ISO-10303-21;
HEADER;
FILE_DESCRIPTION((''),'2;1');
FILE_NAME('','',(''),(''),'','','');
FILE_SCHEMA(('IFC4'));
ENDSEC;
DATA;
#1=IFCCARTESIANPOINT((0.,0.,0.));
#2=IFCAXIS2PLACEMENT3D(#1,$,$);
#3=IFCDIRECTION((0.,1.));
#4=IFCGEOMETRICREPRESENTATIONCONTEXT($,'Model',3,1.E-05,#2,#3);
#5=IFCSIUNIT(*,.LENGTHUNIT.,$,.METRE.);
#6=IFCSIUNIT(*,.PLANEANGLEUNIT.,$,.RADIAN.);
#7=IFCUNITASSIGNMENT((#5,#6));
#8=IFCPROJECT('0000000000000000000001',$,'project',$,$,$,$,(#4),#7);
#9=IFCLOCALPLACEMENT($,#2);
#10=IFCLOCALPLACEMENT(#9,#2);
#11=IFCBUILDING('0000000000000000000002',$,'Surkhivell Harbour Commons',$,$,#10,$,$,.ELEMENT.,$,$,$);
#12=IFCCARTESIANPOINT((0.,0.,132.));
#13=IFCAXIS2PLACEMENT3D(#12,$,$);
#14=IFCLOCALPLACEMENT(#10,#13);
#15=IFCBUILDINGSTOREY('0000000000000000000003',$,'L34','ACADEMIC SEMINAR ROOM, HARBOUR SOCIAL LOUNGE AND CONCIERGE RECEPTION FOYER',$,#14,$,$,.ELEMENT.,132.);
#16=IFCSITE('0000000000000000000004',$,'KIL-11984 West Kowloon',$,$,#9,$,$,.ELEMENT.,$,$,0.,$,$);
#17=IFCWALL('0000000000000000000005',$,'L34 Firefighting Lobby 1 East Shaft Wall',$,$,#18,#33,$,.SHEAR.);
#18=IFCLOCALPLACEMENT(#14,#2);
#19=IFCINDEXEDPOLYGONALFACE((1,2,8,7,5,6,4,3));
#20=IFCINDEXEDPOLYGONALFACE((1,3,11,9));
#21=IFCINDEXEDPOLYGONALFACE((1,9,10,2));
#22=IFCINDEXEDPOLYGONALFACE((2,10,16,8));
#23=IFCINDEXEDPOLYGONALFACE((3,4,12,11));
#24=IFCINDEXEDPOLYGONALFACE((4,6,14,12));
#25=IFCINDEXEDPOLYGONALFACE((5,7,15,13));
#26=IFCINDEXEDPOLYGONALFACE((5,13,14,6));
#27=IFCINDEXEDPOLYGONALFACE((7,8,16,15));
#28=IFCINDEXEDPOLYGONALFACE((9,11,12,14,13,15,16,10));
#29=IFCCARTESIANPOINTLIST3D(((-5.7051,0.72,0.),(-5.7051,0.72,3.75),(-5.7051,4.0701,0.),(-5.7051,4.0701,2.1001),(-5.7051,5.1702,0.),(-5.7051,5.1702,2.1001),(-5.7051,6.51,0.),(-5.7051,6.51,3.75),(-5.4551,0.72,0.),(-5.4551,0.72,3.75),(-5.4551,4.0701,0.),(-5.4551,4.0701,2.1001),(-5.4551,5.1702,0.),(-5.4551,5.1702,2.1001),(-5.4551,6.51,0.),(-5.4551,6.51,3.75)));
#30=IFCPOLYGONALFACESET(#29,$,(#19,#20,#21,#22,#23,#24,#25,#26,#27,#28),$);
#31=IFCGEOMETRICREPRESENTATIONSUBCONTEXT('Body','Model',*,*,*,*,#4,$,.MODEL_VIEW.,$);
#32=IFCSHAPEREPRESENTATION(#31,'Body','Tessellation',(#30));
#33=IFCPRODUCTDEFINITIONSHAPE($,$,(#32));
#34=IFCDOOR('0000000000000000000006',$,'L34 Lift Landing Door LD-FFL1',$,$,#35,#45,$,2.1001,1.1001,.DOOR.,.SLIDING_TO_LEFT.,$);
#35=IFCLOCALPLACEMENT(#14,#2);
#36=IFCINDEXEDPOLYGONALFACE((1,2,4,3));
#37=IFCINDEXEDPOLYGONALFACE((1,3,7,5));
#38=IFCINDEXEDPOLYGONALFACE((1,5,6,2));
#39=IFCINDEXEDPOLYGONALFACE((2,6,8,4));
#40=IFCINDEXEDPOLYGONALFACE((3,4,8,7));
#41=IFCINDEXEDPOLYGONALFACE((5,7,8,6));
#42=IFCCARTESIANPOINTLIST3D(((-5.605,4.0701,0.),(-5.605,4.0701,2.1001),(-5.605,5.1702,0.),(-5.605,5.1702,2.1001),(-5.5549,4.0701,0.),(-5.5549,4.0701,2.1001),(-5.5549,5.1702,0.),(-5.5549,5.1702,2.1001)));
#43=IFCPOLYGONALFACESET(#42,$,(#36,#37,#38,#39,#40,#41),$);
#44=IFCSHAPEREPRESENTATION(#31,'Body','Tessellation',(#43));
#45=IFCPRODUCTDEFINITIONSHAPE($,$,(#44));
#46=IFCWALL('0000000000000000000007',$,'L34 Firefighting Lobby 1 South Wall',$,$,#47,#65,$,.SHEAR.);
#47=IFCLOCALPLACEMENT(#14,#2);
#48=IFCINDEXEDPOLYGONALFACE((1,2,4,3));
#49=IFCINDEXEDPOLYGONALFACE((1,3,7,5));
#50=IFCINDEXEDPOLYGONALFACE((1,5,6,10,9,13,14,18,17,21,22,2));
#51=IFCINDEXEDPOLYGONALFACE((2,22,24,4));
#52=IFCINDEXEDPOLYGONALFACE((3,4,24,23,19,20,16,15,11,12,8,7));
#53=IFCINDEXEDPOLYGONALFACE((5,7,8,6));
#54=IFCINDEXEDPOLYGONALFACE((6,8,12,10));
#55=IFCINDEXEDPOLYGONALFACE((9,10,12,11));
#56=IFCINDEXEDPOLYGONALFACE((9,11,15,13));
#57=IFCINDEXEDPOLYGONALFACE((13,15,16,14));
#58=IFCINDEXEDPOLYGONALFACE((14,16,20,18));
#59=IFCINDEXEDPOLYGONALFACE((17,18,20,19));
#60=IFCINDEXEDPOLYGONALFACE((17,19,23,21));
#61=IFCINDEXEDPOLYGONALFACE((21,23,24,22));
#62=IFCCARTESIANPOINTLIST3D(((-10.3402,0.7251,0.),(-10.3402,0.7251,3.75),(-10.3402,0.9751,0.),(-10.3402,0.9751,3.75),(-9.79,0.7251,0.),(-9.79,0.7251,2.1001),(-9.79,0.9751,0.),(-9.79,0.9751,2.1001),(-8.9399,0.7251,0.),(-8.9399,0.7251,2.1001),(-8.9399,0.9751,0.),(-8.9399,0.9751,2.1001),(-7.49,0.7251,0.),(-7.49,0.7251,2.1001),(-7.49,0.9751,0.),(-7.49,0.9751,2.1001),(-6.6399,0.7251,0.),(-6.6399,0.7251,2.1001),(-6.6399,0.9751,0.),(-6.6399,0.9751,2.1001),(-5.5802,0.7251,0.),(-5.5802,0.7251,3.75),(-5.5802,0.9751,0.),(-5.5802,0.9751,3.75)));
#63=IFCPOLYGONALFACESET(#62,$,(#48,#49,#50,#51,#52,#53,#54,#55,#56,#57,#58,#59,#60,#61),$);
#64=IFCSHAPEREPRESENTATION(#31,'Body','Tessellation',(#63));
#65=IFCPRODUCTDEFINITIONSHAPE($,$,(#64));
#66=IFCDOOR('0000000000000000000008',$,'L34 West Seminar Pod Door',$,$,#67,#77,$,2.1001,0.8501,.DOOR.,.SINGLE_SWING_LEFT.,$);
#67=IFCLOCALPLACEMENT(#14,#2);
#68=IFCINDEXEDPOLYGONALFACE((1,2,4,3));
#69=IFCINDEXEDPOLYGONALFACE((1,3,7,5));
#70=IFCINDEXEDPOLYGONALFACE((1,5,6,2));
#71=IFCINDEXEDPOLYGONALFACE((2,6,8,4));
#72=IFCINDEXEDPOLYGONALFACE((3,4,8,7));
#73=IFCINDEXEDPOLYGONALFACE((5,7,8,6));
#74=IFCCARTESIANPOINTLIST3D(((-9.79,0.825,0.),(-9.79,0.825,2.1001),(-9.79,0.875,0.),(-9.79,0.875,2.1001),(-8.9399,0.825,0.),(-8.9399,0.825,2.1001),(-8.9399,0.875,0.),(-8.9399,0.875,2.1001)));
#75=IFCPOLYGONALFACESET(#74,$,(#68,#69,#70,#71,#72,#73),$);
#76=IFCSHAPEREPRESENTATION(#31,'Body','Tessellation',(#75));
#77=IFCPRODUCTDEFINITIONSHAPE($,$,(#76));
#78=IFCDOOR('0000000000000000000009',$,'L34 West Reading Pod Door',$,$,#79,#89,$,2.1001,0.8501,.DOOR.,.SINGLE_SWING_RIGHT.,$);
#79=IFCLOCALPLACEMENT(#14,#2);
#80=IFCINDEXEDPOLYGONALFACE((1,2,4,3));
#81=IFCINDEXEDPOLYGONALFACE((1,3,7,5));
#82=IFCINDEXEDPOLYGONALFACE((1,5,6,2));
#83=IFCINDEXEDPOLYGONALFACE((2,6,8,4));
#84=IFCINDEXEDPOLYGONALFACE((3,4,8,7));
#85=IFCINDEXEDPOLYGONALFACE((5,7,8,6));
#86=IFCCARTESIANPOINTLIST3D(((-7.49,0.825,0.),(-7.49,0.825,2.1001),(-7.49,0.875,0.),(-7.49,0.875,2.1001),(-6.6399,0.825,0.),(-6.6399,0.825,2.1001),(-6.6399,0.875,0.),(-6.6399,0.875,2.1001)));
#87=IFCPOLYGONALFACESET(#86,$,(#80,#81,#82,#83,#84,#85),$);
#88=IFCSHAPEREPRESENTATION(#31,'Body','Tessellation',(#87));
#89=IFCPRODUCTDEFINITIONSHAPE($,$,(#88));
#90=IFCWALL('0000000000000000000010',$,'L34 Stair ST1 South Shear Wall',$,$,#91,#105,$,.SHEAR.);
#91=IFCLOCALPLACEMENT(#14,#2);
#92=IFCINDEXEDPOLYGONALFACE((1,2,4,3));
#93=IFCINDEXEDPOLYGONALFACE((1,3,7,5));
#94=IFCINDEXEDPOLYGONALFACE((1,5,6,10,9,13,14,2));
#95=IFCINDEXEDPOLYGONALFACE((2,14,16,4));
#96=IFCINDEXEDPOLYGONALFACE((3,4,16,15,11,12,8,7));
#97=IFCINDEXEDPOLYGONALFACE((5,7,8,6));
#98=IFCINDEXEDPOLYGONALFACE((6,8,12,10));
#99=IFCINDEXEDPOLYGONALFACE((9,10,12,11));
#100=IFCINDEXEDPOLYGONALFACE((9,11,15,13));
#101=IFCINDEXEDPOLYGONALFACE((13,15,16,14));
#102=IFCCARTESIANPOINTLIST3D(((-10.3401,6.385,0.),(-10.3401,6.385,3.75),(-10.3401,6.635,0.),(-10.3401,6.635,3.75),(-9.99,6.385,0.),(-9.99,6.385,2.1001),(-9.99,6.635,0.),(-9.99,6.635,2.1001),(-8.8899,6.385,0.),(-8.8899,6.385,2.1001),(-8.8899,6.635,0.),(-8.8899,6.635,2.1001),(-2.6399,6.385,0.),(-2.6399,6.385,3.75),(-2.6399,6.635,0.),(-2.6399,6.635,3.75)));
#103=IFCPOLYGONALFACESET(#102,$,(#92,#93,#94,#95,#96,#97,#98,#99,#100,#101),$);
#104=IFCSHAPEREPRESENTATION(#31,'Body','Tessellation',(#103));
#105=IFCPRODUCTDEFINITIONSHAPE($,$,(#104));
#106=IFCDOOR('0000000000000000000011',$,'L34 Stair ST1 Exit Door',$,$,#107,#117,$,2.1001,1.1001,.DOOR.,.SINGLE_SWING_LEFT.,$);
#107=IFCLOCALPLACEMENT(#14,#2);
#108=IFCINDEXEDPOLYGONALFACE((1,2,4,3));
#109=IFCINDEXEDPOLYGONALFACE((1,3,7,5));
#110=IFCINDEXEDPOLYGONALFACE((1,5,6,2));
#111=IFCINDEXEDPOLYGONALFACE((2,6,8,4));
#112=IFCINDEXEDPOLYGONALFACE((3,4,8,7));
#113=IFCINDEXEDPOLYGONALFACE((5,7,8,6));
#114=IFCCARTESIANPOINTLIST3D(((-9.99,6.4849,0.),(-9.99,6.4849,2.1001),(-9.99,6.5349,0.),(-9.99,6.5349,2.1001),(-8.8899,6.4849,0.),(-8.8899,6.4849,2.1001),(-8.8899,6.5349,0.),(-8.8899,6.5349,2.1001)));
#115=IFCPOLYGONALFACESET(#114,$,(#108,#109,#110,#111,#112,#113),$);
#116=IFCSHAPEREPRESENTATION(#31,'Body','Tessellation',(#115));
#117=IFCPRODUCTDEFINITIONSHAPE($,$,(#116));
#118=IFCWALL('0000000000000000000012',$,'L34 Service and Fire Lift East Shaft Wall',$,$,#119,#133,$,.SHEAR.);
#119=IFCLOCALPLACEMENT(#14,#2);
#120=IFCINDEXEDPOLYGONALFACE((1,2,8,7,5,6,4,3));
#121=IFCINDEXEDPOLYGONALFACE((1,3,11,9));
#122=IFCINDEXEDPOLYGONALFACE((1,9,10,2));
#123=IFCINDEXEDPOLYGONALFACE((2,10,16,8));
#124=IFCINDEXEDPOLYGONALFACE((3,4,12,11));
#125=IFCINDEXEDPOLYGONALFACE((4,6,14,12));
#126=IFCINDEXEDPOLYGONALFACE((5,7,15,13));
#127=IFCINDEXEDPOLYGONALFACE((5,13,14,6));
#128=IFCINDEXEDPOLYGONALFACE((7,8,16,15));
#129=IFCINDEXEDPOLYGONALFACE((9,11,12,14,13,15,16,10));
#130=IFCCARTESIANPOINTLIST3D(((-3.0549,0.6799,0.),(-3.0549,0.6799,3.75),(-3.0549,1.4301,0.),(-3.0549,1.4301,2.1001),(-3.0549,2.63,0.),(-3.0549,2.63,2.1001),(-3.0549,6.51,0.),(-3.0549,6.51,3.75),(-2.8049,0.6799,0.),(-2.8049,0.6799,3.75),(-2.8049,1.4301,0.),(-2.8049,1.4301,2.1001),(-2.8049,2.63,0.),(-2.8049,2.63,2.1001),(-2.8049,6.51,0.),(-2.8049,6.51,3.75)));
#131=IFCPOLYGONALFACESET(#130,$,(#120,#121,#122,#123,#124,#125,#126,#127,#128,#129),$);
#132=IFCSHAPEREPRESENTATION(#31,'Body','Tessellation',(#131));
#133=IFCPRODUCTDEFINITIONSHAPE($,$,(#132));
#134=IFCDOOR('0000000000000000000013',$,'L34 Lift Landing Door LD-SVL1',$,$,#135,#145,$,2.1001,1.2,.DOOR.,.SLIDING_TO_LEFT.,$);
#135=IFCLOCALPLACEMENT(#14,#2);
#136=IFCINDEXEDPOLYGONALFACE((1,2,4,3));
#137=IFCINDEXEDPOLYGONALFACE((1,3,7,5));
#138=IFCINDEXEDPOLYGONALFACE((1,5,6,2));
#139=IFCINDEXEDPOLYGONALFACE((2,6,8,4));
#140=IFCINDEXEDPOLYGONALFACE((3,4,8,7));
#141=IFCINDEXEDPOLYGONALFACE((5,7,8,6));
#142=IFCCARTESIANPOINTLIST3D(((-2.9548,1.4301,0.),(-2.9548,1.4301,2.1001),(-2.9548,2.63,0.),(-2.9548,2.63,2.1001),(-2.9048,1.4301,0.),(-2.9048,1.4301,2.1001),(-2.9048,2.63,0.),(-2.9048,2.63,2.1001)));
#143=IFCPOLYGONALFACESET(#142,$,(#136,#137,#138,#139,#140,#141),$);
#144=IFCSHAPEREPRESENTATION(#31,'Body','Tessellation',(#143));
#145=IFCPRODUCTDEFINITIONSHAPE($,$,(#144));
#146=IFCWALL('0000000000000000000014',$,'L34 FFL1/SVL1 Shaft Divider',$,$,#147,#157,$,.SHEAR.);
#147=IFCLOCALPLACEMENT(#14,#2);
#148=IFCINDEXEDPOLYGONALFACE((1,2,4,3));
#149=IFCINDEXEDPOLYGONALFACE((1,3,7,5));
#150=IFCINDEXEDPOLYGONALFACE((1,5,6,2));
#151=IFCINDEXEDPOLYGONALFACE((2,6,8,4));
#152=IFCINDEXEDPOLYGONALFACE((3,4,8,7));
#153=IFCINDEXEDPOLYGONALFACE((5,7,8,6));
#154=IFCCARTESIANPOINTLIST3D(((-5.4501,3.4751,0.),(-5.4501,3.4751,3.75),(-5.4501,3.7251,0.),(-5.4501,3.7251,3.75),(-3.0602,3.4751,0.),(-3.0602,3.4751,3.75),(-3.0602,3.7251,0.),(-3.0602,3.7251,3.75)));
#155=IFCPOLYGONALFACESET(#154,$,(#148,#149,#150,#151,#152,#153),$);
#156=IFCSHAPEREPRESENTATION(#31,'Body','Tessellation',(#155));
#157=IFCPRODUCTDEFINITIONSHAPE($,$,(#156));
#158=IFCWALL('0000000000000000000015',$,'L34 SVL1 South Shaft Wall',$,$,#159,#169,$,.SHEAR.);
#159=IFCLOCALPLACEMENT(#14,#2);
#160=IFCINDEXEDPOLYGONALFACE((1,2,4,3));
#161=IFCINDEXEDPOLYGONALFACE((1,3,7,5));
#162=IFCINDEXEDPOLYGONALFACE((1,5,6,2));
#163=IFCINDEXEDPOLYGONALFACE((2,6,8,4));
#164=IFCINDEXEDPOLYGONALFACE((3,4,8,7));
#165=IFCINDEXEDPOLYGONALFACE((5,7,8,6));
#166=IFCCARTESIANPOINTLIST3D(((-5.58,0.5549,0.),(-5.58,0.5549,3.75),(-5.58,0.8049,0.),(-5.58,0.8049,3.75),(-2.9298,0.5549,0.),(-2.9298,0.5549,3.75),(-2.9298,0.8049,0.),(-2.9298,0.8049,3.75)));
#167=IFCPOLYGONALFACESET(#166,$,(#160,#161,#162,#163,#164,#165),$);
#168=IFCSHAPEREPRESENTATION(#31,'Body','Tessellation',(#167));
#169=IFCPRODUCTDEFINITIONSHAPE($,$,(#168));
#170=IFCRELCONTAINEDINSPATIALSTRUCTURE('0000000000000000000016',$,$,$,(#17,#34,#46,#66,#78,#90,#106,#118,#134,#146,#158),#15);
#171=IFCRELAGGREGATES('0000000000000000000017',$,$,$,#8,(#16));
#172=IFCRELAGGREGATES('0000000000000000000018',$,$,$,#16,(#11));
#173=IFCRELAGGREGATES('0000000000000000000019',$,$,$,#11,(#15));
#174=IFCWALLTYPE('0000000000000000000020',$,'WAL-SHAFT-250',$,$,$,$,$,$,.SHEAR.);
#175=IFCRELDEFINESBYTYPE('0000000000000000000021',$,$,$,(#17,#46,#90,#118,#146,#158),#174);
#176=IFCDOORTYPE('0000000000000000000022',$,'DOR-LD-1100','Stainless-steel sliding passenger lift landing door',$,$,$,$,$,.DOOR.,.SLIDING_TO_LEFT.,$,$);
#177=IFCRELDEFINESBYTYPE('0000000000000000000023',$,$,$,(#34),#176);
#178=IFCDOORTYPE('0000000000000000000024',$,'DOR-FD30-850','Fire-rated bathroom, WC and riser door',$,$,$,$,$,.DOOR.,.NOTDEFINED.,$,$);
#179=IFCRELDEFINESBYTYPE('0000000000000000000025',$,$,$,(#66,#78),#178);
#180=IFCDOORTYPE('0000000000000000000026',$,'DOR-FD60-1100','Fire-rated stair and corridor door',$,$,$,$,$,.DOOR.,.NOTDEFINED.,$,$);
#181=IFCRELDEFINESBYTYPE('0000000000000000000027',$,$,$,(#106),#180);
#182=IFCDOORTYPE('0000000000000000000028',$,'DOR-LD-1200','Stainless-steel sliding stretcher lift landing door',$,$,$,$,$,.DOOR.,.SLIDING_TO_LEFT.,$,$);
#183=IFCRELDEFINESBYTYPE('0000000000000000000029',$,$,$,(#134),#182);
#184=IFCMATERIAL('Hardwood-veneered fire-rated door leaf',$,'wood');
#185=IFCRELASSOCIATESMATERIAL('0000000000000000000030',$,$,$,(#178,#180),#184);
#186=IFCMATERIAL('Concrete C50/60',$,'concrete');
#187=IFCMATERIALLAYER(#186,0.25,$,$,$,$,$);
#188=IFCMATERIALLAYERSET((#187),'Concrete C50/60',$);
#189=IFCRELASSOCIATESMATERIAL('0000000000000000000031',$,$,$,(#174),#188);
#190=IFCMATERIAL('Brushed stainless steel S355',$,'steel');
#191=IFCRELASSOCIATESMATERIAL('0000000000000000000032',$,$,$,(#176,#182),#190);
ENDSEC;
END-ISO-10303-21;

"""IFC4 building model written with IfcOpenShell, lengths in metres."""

from ifc_helpers import new_model, si_unit, direction, frame, frame_2d, origin, place, context, subcontext, project, spatial, rectangle, extrude, material, layer, layer_set, type_object, element, fill, save


model = new_model("IFC4")

# Units and contexts
model_context = context("Model", 3, precision=1e-05, world=origin(), true_north=direction((0.0, 1.0)))
body_context = subcontext(model_context, "Body", "Model", "MODEL_VIEW")
ifc_project = project(units=[si_unit("LENGTHUNIT", "METRE"), si_unit("PLANEANGLEUNIT", "RADIAN")], contexts=[model_context])

# Site, building, storey
site_placement = place(None, origin())
site = spatial("IfcSite", under=ifc_project, at=site_placement, Name="KIL-11984 West Kowloon", CompositionType="ELEMENT", RefElevation=0.0)
building_placement = place(site_placement, origin())
building = spatial("IfcBuilding", under=site, at=building_placement, Name="Surkhivell Harbour Commons", CompositionType="ELEMENT")
storey_placement = place(building_placement, frame((0.0, 0.0, 132.0)))
storey = spatial("IfcBuildingStorey", under=building, at=storey_placement, Name="L34", Description="ACADEMIC SEMINAR ROOM, HARBOUR SOCIAL LOUNGE AND CONCIERGE RECEPTION FOYER", CompositionType="ELEMENT", Elevation=132.0)

# Shared definitions
ifc_material_1 = material(Name="Hardwood-veneered fire-rated door leaf", Category="wood")

# Shared definitions
door_type_1 = type_object("IfcDoorType", Name="DOR-FD30-850", Description="Fire-rated bathroom, WC and riser door", OperationType="NOTDEFINED", PredefinedType="DOOR", material=ifc_material_1)

# Wall, opening, door
ifc_material_2 = material(Name="Concrete C50/60", Category="concrete")
ifc_layer_1 = layer(ifc_material_2, 0.25)
ifc_layer_set_1 = layer_set([ifc_layer_1], Name="Concrete C50/60")
wall_type_1 = type_object("IfcWallType", Name="WAL-SHAFT-250", PredefinedType="SHEAR", material=ifc_layer_set_1)
wall_1_placement = place(storey_placement, frame((-5.5801, 0.72, 0.0), z_axis=(0.0, 0.0, 1.0), x_axis=(0.0, 1.0, 0.0)))
wall_1 = element("IfcWall", 1, at=wall_1_placement, inside=storey, type_object=wall_type_1, Name="L34 Firefighting Lobby 1 East Shaft Wall", PredefinedType="SHEAR", context=body_context, shape_type="SweptSolid", body=[
    extrude(rectangle(XDim=5.79, YDim=0.25, at=frame_2d((2.895, 0.0))), origin(), (0.0, 0.0, 1.0), 3.75),
])
opening_1_placement = place(wall_1_placement, frame((3.3501, 0.0, 0.0)))
opening_1 = element("IfcOpeningElement", 2, at=opening_1_placement, cuts=wall_1, PredefinedType="OPENING", context=body_context, shape_type="SweptSolid", body=[
    extrude(rectangle(XDim=1.1001, YDim=2.1001, at=frame_2d((0.55, 1.05))), frame((0.0, 0.135, 0.0), z_axis=(0.0, -1.0, 0.0), x_axis=(1.0, 0.0, 0.0)), (0.0, 0.0, 1.0), 0.27),
])
ifc_material_3 = material(Name="Brushed stainless steel S355", Category="steel")
door_type_2 = type_object("IfcDoorType", Name="DOR-LD-1100", Description="Stainless-steel sliding passenger lift landing door", OperationType="SLIDING_TO_LEFT", PredefinedType="DOOR", material=ifc_material_3)
door_1_placement = place(opening_1_placement, origin())
door_1 = element("IfcDoor", 3, at=door_1_placement, inside=storey, type_object=door_type_2, Name="L34 Lift Landing Door LD-FFL1", OperationType="SLIDING_TO_LEFT", OverallHeight=2.1001, OverallWidth=1.1001, PredefinedType="DOOR", context=body_context, shape_type="SweptSolid", body=[
    extrude(rectangle(XDim=1.1001, YDim=2.1001, at=frame_2d((0.55, 1.05))), frame((0.0, 0.0249, 0.0), z_axis=(0.0, -1.0, 0.0), x_axis=(1.0, 0.0, 0.0)), (0.0, 0.0, 1.0), 0.05),
])
fill(opening_1, door_1)

# Wall, openings, doors
wall_2_placement = place(storey_placement, frame((-10.3401, 0.8501, 0.0), z_axis=(0.0, 0.0, 1.0), x_axis=(1.0, 0.0, 0.0)))
wall_2 = element("IfcWall", 4, at=wall_2_placement, inside=storey, type_object=wall_type_1, Name="L34 Firefighting Lobby 1 South Wall", PredefinedType="SHEAR", context=body_context, shape_type="SweptSolid", body=[
    extrude(rectangle(XDim=4.76, YDim=0.25, at=frame_2d((2.3799, 0.0))), origin(), (0.0, 0.0, 1.0), 3.75),
])
opening_2_placement = place(wall_2_placement, frame((0.55, 0.0, 0.0)))
opening_2 = element("IfcOpeningElement", 5, at=opening_2_placement, cuts=wall_2, PredefinedType="OPENING", context=body_context, shape_type="SweptSolid", body=[
    extrude(rectangle(XDim=0.8501, YDim=2.1001, at=frame_2d((0.425, 1.05))), frame((0.0, 0.135, 0.0), z_axis=(0.0, -1.0, 0.0), x_axis=(1.0, 0.0, 0.0)), (0.0, 0.0, 1.0), 0.27),
])
opening_3_placement = place(wall_2_placement, frame((2.8501, 0.0, 0.0)))
opening_3 = element("IfcOpeningElement", 6, at=opening_3_placement, cuts=wall_2, PredefinedType="OPENING", context=body_context, shape_type="SweptSolid", body=[
    extrude(rectangle(XDim=0.8501, YDim=2.1001, at=frame_2d((0.425, 1.05))), frame((0.0, 0.135, 0.0), z_axis=(0.0, -1.0, 0.0), x_axis=(1.0, 0.0, 0.0)), (0.0, 0.0, 1.0), 0.27),
])
door_2_placement = place(opening_2_placement, origin())
door_2 = element("IfcDoor", 7, at=door_2_placement, inside=storey, type_object=door_type_1, Name="L34 West Seminar Pod Door", OperationType="SINGLE_SWING_LEFT", OverallHeight=2.1001, OverallWidth=0.8501, PredefinedType="DOOR", context=body_context, shape_type="SweptSolid", body=[
    extrude(rectangle(XDim=0.8501, YDim=2.1001, at=frame_2d((0.425, 1.05))), frame((0.0, 0.0249, 0.0), z_axis=(0.0, -1.0, 0.0), x_axis=(1.0, 0.0, 0.0)), (0.0, 0.0, 1.0), 0.05),
])
fill(opening_2, door_2)
door_3_placement = place(opening_3_placement, origin())
door_3 = element("IfcDoor", 8, at=door_3_placement, inside=storey, type_object=door_type_1, Name="L34 West Reading Pod Door", OperationType="SINGLE_SWING_RIGHT", OverallHeight=2.1001, OverallWidth=0.8501, PredefinedType="DOOR", context=body_context, shape_type="SweptSolid", body=[
    extrude(rectangle(XDim=0.8501, YDim=2.1001, at=frame_2d((0.425, 1.05))), frame((0.0, 0.0249, 0.0), z_axis=(0.0, -1.0, 0.0), x_axis=(1.0, 0.0, 0.0)), (0.0, 0.0, 1.0), 0.05),
])
fill(opening_3, door_3)

# Walls, openings, doors
wall_3_placement = place(storey_placement, frame((-10.3401, 6.51, 0.0), z_axis=(0.0, 0.0, 1.0), x_axis=(1.0, 0.0, 0.0)))
wall_3 = element("IfcWall", 9, at=wall_3_placement, inside=storey, type_object=wall_type_1, Name="L34 Stair ST1 South Shear Wall", PredefinedType="SHEAR", context=body_context, shape_type="SweptSolid", body=[
    extrude(rectangle(XDim=7.7002, YDim=0.25, at=frame_2d((3.8501, 0.0))), origin(), (0.0, 0.0, 1.0), 3.75),
])
opening_4_placement = place(wall_3_placement, frame((0.3501, 0.0, 0.0)))
opening_4 = element("IfcOpeningElement", 10, at=opening_4_placement, cuts=wall_3, PredefinedType="OPENING", context=body_context, shape_type="SweptSolid", body=[
    extrude(rectangle(XDim=1.1001, YDim=2.1001, at=frame_2d((0.55, 1.05))), frame((0.0, 0.135, 0.0), z_axis=(0.0, -1.0, 0.0), x_axis=(1.0, 0.0, 0.0)), (0.0, 0.0, 1.0), 0.27),
])
door_type_3 = type_object("IfcDoorType", Name="DOR-FD60-1100", Description="Fire-rated stair and corridor door", OperationType="NOTDEFINED", PredefinedType="DOOR", material=ifc_material_1)
door_4_placement = place(opening_4_placement, origin())
door_4 = element("IfcDoor", 11, at=door_4_placement, inside=storey, type_object=door_type_3, Name="L34 Stair ST1 Exit Door", OperationType="SINGLE_SWING_LEFT", OverallHeight=2.1001, OverallWidth=1.1001, PredefinedType="DOOR", context=body_context, shape_type="SweptSolid", body=[
    extrude(rectangle(XDim=1.1001, YDim=2.1001, at=frame_2d((0.55, 1.05))), frame((0.0, 0.0249, 0.0), z_axis=(0.0, -1.0, 0.0), x_axis=(1.0, 0.0, 0.0)), (0.0, 0.0, 1.0), 0.05),
])
fill(opening_4, door_4)
wall_4_placement = place(storey_placement, frame((-2.9299, 0.6799, 0.0), z_axis=(0.0, 0.0, 1.0), x_axis=(0.0, 1.0, 0.0)))
wall_4 = element("IfcWall", 12, at=wall_4_placement, inside=storey, type_object=wall_type_1, Name="L34 Service and Fire Lift East Shaft Wall", PredefinedType="SHEAR", context=body_context, shape_type="SweptSolid", body=[
    extrude(rectangle(XDim=5.8301, YDim=0.25, at=frame_2d((2.915, 0.0))), origin(), (0.0, 0.0, 1.0), 3.75),
])
opening_5_placement = place(wall_4_placement, frame((0.75, 0.0, 0.0)))
opening_5 = element("IfcOpeningElement", 13, at=opening_5_placement, cuts=wall_4, PredefinedType="OPENING", context=body_context, shape_type="SweptSolid", body=[
    extrude(rectangle(XDim=1.2, YDim=2.1001, at=frame_2d((0.6001, 1.05))), frame((0.0, 0.135, 0.0), z_axis=(0.0, -1.0, 0.0), x_axis=(1.0, 0.0, 0.0)), (0.0, 0.0, 1.0), 0.27),
])
door_type_4 = type_object("IfcDoorType", Name="DOR-LD-1200", Description="Stainless-steel sliding stretcher lift landing door", OperationType="SLIDING_TO_LEFT", PredefinedType="DOOR", material=ifc_material_3)
door_5_placement = place(opening_5_placement, origin())
door_5 = element("IfcDoor", 14, at=door_5_placement, inside=storey, type_object=door_type_4, Name="L34 Lift Landing Door LD-SVL1", OperationType="SLIDING_TO_LEFT", OverallHeight=2.1001, OverallWidth=1.2, PredefinedType="DOOR", context=body_context, shape_type="SweptSolid", body=[
    extrude(rectangle(XDim=1.2, YDim=2.1001, at=frame_2d((0.6001, 1.05))), frame((0.0, 0.0249, 0.0), z_axis=(0.0, -1.0, 0.0), x_axis=(1.0, 0.0, 0.0)), (0.0, 0.0, 1.0), 0.05),
])
fill(opening_5, door_5)

# Walls
wall_5_placement = place(storey_placement, frame((-5.45, 3.6001, 0.0), z_axis=(0.0, 0.0, 1.0), x_axis=(1.0, 0.0, 0.0)))
element("IfcWall", 15, at=wall_5_placement, inside=storey, type_object=wall_type_1, Name="L34 FFL1/SVL1 Shaft Divider", PredefinedType="SHEAR", context=body_context, shape_type="SweptSolid", body=[
    extrude(rectangle(XDim=2.3899, YDim=0.25, at=frame_2d((1.1948, 0.0))), origin(), (0.0, 0.0, 1.0), 3.75),
])
wall_6_placement = place(storey_placement, frame((-5.5801, 0.6799, 0.0), z_axis=(0.0, 0.0, 1.0), x_axis=(1.0, 0.0, 0.0)))
element("IfcWall", 16, at=wall_6_placement, inside=storey, type_object=wall_type_1, Name="L34 SVL1 South Shaft Wall", PredefinedType="SHEAR", context=body_context, shape_type="SweptSolid", body=[
    extrude(rectangle(XDim=2.6501, YDim=0.25, at=frame_2d((1.3252, 0.0))), origin(), (0.0, 0.0, 1.0), 3.75),
])

save(model, "model.ifc")
